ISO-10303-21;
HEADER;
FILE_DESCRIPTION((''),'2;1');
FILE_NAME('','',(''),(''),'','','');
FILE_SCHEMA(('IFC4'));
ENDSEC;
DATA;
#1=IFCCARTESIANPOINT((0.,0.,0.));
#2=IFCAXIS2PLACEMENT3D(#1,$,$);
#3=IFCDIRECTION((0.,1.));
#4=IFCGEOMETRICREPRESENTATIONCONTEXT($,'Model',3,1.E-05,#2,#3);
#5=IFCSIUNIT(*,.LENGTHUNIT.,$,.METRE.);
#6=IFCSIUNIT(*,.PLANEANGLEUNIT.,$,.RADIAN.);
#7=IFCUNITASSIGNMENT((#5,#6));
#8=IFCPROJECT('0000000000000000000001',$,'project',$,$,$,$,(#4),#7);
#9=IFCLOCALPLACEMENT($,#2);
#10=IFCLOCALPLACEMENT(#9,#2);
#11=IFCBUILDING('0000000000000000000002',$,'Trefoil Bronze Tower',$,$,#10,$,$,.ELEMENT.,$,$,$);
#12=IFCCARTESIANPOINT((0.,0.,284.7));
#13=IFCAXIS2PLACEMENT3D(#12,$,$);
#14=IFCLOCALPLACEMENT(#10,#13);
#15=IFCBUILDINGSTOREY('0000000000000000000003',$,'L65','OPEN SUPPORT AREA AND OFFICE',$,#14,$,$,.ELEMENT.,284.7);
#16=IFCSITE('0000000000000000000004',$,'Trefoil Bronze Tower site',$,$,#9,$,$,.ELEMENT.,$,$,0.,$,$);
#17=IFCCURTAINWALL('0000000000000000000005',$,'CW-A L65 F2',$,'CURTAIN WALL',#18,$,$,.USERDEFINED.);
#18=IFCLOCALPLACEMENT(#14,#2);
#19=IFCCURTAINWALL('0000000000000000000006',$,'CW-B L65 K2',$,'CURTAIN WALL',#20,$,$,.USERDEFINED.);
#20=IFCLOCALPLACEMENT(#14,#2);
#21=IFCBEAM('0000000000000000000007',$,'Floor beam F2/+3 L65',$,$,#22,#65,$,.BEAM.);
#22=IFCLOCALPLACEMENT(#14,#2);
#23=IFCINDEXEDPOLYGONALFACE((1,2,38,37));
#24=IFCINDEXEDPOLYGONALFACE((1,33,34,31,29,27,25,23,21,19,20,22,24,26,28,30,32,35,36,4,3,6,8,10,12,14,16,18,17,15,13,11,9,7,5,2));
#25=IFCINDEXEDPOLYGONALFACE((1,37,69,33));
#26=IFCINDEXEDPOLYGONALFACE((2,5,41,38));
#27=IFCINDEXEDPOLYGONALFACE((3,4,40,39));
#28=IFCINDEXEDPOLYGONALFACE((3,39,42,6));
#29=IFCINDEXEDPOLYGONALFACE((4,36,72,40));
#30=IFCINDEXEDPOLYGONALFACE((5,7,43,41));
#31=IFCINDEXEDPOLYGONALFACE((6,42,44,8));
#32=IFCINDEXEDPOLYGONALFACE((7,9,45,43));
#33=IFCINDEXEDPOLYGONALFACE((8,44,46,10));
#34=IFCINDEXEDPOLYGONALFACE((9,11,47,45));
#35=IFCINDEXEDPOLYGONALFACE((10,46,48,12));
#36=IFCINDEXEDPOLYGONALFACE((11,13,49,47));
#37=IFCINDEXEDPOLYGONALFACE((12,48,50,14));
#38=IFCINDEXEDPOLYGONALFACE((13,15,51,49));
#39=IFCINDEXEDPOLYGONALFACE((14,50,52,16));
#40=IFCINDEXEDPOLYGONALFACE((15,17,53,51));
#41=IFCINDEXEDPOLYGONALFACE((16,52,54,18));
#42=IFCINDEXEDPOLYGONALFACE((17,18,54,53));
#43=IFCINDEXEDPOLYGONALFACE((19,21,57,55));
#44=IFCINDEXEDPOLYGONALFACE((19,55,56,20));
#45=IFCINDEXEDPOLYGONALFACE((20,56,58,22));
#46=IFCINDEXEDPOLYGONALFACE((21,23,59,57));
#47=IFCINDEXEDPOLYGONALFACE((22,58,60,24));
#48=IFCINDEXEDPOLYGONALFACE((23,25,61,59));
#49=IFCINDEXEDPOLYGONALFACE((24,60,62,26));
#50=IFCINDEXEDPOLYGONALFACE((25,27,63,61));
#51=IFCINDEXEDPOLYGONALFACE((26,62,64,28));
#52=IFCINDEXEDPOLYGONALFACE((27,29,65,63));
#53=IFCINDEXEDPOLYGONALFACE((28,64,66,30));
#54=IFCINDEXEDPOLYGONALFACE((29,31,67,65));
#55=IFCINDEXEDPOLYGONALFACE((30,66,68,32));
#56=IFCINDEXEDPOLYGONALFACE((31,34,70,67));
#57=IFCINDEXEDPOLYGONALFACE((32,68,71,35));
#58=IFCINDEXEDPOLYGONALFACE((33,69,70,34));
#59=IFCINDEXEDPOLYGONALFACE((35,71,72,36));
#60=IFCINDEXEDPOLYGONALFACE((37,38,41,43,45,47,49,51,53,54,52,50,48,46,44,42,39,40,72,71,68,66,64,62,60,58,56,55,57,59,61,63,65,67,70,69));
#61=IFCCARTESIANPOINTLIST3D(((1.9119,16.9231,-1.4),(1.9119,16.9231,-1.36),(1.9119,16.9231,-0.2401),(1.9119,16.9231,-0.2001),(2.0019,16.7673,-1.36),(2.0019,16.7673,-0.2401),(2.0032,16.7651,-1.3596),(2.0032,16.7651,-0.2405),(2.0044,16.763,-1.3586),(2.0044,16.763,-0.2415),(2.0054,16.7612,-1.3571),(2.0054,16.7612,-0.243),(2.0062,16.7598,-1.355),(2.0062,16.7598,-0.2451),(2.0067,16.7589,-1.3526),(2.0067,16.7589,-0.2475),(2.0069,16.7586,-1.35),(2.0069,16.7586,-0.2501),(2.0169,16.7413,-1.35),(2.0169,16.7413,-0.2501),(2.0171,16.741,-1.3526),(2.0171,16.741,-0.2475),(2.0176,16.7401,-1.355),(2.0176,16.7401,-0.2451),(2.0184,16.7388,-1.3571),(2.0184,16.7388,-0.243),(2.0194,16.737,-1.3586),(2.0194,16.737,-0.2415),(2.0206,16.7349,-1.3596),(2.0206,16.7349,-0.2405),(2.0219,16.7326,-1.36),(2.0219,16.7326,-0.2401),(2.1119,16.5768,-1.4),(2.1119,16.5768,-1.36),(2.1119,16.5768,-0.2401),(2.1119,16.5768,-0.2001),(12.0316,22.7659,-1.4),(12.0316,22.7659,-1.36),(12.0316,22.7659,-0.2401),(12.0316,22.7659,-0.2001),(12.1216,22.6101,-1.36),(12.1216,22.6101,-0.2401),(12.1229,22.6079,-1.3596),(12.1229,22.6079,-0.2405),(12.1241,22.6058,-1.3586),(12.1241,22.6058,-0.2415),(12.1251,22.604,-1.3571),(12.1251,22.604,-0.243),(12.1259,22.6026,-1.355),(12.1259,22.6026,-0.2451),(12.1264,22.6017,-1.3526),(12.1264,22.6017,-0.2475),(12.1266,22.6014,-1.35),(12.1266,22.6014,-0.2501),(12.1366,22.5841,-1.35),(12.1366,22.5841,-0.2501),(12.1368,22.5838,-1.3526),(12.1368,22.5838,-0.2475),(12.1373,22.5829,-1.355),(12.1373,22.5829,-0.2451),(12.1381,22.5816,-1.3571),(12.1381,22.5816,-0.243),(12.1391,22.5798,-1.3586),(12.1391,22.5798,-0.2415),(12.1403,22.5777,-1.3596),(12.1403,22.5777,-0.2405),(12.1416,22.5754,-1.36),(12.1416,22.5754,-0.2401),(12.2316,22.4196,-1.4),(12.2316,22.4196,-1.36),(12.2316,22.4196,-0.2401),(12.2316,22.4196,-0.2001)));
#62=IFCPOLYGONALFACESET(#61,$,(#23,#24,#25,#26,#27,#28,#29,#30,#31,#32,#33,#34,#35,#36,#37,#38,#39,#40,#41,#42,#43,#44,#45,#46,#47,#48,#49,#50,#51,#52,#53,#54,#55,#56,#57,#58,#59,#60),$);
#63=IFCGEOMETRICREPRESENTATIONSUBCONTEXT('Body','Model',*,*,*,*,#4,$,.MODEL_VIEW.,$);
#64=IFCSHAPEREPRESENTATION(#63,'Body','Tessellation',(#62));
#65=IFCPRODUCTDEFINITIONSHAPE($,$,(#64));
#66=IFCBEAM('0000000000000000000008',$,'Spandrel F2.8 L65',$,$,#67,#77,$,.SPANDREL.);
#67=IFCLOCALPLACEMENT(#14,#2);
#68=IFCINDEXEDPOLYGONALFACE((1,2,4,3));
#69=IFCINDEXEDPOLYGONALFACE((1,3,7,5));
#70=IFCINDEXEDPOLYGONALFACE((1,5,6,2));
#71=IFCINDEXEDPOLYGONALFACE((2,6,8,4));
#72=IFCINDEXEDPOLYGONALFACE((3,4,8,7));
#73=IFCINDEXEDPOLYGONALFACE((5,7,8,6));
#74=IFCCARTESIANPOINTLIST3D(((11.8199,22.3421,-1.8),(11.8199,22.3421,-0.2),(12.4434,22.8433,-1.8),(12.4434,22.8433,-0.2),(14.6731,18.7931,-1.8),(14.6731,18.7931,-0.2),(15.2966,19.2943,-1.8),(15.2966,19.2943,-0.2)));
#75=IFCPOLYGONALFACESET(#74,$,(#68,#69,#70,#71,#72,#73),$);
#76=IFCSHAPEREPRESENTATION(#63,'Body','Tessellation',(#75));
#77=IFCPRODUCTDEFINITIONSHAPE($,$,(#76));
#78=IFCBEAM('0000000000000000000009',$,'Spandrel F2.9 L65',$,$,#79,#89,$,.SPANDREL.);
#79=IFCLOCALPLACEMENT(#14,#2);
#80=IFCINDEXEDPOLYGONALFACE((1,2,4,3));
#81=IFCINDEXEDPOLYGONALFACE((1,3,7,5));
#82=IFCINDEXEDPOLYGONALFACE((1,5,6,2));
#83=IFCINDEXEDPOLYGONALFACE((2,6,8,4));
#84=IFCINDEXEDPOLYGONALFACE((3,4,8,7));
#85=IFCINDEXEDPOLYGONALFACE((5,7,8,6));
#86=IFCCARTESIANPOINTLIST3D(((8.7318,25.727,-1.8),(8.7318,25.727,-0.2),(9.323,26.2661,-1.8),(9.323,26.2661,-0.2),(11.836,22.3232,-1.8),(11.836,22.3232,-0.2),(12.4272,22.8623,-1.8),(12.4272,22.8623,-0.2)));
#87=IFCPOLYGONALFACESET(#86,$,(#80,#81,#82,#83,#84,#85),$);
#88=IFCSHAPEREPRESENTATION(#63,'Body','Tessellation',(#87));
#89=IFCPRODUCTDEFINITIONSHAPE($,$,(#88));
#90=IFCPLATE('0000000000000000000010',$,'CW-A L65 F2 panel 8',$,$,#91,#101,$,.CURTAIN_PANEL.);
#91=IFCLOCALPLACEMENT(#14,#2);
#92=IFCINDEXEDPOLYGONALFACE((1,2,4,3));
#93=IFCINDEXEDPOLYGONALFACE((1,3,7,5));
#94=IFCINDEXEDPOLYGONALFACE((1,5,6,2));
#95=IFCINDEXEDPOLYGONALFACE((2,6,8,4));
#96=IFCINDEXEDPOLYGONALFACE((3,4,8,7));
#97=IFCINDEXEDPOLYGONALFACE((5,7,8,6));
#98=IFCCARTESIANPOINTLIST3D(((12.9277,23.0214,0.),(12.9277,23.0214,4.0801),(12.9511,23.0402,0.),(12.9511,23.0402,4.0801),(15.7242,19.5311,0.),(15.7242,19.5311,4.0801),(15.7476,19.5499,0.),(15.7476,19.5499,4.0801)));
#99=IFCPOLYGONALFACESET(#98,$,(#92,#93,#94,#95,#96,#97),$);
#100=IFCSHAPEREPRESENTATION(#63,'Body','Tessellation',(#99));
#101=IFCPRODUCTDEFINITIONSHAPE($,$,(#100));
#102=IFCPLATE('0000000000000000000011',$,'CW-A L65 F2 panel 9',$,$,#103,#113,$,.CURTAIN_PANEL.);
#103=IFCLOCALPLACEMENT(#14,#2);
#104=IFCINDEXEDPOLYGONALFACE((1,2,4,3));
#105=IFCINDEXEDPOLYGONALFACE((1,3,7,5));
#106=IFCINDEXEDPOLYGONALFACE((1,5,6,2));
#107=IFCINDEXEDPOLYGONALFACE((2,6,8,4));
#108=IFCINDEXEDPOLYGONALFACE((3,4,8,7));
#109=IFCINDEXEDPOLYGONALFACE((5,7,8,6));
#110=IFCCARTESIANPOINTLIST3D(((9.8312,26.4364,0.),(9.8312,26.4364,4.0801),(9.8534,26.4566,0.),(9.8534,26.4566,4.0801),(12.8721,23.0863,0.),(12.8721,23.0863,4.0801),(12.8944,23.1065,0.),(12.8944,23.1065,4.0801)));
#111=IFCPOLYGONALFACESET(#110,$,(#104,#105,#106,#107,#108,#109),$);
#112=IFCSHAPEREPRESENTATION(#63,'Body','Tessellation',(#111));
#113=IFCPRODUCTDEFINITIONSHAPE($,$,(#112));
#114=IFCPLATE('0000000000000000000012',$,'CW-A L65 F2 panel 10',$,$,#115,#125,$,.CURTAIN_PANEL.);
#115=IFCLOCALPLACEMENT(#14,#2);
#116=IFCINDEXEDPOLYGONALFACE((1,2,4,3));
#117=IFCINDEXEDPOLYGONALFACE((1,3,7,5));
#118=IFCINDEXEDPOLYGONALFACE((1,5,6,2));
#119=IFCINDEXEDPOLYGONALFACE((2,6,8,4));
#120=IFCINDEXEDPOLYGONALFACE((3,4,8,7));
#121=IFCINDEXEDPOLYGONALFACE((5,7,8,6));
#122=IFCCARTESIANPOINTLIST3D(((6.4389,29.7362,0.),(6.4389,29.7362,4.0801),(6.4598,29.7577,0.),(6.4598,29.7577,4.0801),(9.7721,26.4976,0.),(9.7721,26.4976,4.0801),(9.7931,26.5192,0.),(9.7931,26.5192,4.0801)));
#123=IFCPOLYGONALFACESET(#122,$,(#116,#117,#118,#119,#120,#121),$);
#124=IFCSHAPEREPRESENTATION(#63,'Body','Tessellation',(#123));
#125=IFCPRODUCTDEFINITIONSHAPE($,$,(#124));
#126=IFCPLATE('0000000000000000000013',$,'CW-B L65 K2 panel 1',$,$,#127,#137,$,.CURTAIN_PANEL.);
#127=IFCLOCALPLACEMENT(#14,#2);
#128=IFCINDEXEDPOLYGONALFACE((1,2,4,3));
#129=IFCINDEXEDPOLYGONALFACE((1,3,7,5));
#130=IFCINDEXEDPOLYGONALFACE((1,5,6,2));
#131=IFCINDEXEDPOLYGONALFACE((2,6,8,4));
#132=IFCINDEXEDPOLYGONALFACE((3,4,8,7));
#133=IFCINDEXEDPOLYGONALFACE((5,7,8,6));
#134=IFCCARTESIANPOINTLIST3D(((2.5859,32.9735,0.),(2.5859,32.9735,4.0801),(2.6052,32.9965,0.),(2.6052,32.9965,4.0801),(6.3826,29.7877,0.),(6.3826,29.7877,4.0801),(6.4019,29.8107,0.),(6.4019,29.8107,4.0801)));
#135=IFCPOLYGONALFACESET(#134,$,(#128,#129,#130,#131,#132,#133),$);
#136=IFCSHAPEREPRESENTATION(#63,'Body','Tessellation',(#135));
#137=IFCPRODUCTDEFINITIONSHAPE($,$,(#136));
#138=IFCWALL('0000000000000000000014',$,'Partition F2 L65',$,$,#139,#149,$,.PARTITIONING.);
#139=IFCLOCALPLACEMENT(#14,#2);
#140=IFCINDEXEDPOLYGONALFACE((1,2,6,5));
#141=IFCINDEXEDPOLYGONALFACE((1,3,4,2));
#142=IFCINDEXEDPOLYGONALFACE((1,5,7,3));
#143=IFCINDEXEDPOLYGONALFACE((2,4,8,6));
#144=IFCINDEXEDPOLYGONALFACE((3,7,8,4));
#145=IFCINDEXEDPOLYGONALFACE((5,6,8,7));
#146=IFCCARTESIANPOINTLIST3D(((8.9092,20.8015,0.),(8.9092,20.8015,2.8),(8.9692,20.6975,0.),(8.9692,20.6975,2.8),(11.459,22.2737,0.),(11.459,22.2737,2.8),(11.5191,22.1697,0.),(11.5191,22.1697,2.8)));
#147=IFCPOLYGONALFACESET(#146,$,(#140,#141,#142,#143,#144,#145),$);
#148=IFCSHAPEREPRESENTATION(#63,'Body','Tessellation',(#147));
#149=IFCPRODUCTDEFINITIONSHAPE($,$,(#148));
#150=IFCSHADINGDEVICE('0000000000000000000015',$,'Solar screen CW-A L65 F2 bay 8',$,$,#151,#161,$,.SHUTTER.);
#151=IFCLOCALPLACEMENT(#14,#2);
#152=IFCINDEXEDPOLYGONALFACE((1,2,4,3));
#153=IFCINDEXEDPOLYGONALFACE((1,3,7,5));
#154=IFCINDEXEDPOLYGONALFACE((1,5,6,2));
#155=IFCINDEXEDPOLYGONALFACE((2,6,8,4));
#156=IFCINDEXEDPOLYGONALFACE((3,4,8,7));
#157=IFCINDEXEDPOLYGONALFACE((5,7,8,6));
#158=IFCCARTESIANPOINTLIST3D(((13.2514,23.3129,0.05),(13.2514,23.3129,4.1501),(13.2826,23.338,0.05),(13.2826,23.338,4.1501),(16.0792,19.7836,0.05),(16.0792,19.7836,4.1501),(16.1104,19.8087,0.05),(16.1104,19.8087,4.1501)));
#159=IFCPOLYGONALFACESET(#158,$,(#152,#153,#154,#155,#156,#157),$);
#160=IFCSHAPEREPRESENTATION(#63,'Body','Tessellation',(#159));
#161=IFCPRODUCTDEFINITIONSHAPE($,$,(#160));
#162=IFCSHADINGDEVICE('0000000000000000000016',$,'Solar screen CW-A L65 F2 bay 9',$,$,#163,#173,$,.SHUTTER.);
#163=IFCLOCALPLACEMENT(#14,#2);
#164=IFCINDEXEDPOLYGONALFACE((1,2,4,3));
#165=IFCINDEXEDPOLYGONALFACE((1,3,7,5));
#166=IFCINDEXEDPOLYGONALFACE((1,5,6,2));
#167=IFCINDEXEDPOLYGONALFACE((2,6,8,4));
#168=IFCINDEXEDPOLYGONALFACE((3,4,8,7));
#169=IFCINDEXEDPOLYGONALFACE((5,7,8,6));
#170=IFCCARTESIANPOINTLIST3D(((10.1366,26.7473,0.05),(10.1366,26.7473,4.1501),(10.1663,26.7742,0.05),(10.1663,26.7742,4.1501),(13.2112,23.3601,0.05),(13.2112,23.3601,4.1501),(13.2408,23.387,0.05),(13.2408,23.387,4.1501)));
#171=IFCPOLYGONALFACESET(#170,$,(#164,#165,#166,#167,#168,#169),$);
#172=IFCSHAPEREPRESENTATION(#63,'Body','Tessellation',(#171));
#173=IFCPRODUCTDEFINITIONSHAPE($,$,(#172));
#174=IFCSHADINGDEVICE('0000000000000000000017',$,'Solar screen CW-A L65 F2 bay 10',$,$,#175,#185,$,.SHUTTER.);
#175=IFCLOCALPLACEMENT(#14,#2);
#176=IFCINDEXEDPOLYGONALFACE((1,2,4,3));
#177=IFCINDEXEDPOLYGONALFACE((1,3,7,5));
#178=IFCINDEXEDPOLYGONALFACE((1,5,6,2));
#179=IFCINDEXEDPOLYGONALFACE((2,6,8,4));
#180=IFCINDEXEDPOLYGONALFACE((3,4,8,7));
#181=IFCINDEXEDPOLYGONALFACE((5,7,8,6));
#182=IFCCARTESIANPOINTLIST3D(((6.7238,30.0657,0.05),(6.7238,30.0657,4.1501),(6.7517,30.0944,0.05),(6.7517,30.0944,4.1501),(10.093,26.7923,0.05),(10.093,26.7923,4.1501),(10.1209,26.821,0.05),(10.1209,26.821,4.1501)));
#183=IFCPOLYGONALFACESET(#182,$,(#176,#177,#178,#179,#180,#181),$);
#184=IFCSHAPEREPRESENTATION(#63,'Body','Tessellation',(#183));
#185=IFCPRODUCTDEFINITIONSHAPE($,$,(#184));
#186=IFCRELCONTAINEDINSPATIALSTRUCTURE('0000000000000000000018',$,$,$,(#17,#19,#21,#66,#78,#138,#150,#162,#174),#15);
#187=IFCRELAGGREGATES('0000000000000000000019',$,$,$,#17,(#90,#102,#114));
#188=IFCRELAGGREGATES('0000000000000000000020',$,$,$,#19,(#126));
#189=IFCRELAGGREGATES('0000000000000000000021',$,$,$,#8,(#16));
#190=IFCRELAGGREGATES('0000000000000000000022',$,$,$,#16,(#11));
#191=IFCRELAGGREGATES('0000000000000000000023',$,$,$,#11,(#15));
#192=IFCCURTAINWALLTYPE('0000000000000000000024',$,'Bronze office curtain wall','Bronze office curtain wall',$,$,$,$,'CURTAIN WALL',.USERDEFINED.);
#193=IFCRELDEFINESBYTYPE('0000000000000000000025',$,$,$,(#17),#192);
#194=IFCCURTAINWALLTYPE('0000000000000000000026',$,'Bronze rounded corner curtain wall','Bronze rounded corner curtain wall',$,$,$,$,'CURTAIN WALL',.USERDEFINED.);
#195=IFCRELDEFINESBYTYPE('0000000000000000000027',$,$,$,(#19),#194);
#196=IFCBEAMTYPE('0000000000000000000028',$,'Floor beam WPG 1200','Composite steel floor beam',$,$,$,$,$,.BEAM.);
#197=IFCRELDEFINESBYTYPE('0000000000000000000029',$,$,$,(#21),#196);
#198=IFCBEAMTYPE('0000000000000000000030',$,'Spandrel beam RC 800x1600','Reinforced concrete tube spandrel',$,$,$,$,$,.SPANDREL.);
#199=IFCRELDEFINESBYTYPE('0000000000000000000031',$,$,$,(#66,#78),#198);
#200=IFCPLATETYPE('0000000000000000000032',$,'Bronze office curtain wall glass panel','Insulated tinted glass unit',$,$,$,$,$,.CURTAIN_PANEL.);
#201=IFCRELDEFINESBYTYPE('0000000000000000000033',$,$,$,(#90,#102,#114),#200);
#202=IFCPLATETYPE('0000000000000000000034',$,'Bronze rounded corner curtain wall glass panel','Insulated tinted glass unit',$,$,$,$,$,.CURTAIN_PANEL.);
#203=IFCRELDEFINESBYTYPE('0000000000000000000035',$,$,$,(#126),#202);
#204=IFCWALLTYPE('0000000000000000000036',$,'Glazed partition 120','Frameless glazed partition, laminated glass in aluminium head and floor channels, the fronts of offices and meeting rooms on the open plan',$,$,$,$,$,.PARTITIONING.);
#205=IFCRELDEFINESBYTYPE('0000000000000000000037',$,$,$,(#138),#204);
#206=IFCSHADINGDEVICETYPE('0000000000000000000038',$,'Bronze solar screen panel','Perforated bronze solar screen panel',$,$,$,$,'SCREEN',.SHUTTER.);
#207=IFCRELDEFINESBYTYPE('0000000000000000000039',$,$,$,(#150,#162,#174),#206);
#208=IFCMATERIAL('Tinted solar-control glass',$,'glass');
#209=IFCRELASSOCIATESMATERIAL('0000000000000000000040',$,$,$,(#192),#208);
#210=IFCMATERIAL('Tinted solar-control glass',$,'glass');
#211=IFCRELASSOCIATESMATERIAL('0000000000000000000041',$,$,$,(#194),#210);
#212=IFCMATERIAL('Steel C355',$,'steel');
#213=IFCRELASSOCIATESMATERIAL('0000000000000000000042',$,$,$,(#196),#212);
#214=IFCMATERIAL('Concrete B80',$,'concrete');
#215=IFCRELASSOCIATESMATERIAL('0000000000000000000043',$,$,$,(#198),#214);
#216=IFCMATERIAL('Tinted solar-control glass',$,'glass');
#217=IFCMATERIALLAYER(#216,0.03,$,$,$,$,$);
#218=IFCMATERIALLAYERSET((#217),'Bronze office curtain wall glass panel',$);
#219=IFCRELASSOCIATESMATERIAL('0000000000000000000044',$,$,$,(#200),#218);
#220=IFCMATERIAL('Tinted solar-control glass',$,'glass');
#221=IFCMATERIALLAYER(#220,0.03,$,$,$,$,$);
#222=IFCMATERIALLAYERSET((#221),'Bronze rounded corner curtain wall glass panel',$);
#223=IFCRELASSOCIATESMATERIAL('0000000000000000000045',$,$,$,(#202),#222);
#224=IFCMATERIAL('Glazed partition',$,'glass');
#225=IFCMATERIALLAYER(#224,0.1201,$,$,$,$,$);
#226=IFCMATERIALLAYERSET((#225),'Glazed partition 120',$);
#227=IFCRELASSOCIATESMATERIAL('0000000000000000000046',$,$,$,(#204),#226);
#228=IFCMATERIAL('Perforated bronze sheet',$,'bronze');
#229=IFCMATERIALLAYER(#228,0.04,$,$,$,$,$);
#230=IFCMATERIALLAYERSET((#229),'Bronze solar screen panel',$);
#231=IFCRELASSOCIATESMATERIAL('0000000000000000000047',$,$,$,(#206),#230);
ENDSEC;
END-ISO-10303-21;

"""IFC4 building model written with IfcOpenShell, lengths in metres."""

from ifc_helpers import new_model, si_unit, direction, frame, frame_2d, origin, origin_2d, place, context, subcontext, project, spatial, rectangle, i_section, extrude, material, layer, layer_set, material_profile, profile_set, type_object, element, aggregate, save


model = new_model("IFC4")

# Units and contexts
model_context = context("Model", 3, precision=1e-05, world=origin(), true_north=direction((0.0, 1.0)))
body_context = subcontext(model_context, "Body", "Model", "MODEL_VIEW")
ifc_project = project(units=[si_unit("LENGTHUNIT", "METRE"), si_unit("PLANEANGLEUNIT", "RADIAN")], contexts=[model_context])

# Site, building, storey
site_placement = place(None, origin())
site = spatial("IfcSite", under=ifc_project, at=site_placement, Name="Trefoil Bronze Tower site", CompositionType="ELEMENT", RefElevation=0.0)
building_placement = place(site_placement, origin())
building = spatial("IfcBuilding", under=site, at=building_placement, Name="Trefoil Bronze Tower", CompositionType="ELEMENT")
storey_placement = place(building_placement, frame((0.0, 0.0, 284.7)))
storey = spatial("IfcBuildingStorey", under=building, at=storey_placement, Name="L65", Description="OPEN SUPPORT AREA AND OFFICE", CompositionType="ELEMENT", Elevation=284.7)

# Curtain walls
ifc_material_1 = material(Name="Tinted solar-control glass", Category="glass")
curtain_wall_type_1 = type_object("IfcCurtainWallType", Name="Bronze office curtain wall", Description="Bronze office curtain wall", ElementType="CURTAIN WALL", PredefinedType="USERDEFINED", material=ifc_material_1)
curtain_wall_1_placement = place(storey_placement, origin())
curtain_wall_1 = element("IfcCurtainWall", 1, at=curtain_wall_1_placement, inside=storey, type_object=curtain_wall_type_1, Name="CW-A L65 F2", ObjectType="CURTAIN WALL", PredefinedType="USERDEFINED")
ifc_material_2 = material(Name="Tinted solar-control glass", Category="glass")
curtain_wall_type_2 = type_object("IfcCurtainWallType", Name="Bronze rounded corner curtain wall", Description="Bronze rounded corner curtain wall", ElementType="CURTAIN WALL", PredefinedType="USERDEFINED", material=ifc_material_2)
curtain_wall_2_placement = place(storey_placement, origin())
curtain_wall_2 = element("IfcCurtainWall", 2, at=curtain_wall_2_placement, inside=storey, type_object=curtain_wall_type_2, Name="CW-B L65 K2", ObjectType="CURTAIN WALL", PredefinedType="USERDEFINED")

# Beams
ifc_material_3 = material(Name="Steel C355", Category="steel")
ifc_material_profile_1 = material_profile(ifc_material_3, i_section(OverallWidth=0.3999, OverallDepth=1.2, WebThickness=0.02, FlangeThickness=0.04, FilletRadius=0.01, at=origin_2d()), Name="WPG 1200")
ifc_profile_set_1 = profile_set([ifc_material_profile_1], Name="Steel C355")
beam_type_1 = type_object("IfcBeamType", Name="Floor beam WPG 1200", Description="Composite steel floor beam", PredefinedType="BEAM", material=ifc_profile_set_1)
beam_1_placement = place(storey_placement, frame((12.1316, 22.5928, -0.8), z_axis=(-0.866018, -0.500013, 0.0), x_axis=(0.500013, -0.866018, 0.0)))
element("IfcBeam", 3, at=beam_1_placement, inside=storey, type_object=beam_type_1, Name="Floor beam F2/+3 L65", PredefinedType="BEAM", context=body_context, shape_type="SweptSolid", body=[
    extrude(i_section(OverallWidth=0.3999, OverallDepth=1.2, WebThickness=0.02, FlangeThickness=0.04, FilletRadius=0.01, at=origin_2d()), origin(), (0.0, 0.0, 1.0), 11.6853),
])
ifc_material_4 = material(Name="Concrete B80", Category="concrete")
ifc_material_profile_2 = material_profile(ifc_material_4, rectangle(XDim=0.8, YDim=1.6001, at=origin_2d()), Name="RC 800x1600")
ifc_profile_set_2 = profile_set([ifc_material_profile_2], Name="Concrete B80")
beam_type_2 = type_object("IfcBeamType", Name="Spandrel beam RC 800x1600", Description="Reinforced concrete tube spandrel", PredefinedType="SPANDREL", material=ifc_profile_set_2)
beam_2_placement = place(storey_placement, frame((14.9849, 19.0437, -1.0), z_axis=(-0.62657, 0.779365, 0.0), x_axis=(-0.779365, -0.62657, 0.0)))
element("IfcBeam", 4, at=beam_2_placement, inside=storey, type_object=beam_type_2, Name="Spandrel F2.8 L65", PredefinedType="SPANDREL", context=body_context, shape_type="SweptSolid", body=[
    extrude(rectangle(XDim=0.8, YDim=1.6001, at=origin_2d()), origin(), (0.0, 0.0, 1.0), 4.5537),
])
beam_3_placement = place(storey_placement, frame((12.1316, 22.5928, -1.0), z_axis=(-0.673846, 0.738872, 0.0), x_axis=(-0.738872, -0.673846, 0.0)))
element("IfcBeam", 5, at=beam_3_placement, inside=storey, type_object=beam_type_2, Name="Spandrel F2.9 L65", PredefinedType="SPANDREL", context=body_context, shape_type="SweptSolid", body=[
    extrude(rectangle(XDim=0.8, YDim=1.6001, at=origin_2d()), origin(), (0.0, 0.0, 1.0), 4.6067),
])

# Plates
ifc_material_5 = material(Name="Tinted solar-control glass", Category="glass")
ifc_layer_1 = layer(ifc_material_5, 0.03)
ifc_layer_set_1 = layer_set([ifc_layer_1], Name="Bronze office curtain wall glass panel")
plate_type_1 = type_object("IfcPlateType", Name="Bronze office curtain wall glass panel", Description="Insulated tinted glass unit", PredefinedType="CURTAIN_PANEL", material=ifc_layer_set_1)
plate_1_placement = place(storey_placement, frame((14.3376, 21.2856, 0.0), z_axis=(0.0, 0.0, 1.0), x_axis=(-0.625287, 0.780395, 0.0)))
plate_1 = element("IfcPlate", 6, at=plate_1_placement, type_object=plate_type_1, Name="CW-A L65 F2 panel 8", PredefinedType="CURTAIN_PANEL", context=body_context, shape_type="SweptSolid", body=[
    extrude(rectangle(XDim=4.4724, YDim=0.03, at=origin_2d()), origin(), (0.0, 0.0, 1.0), 4.0801),
])
plate_2_placement = place(storey_placement, frame((11.3628, 24.7715, 0.0), z_axis=(0.0, 0.0, 1.0), x_axis=(-0.672115, 0.740447, 0.0)))
plate_2 = element("IfcPlate", 7, at=plate_2_placement, type_object=plate_type_1, Name="CW-A L65 F2 panel 9", PredefinedType="CURTAIN_PANEL", context=body_context, shape_type="SweptSolid", body=[
    extrude(rectangle(XDim=4.5244, YDim=0.03, at=origin_2d()), origin(), (0.0, 0.0, 1.0), 4.0801),
])
plate_3_placement = place(storey_placement, frame((8.116, 28.1277, 0.0), z_axis=(0.0, 0.0, 1.0), x_axis=(-0.717218, 0.696849, 0.0)))
plate_3 = element("IfcPlate", 8, at=plate_3_placement, type_object=plate_type_1, Name="CW-A L65 F2 panel 10", PredefinedType="CURTAIN_PANEL", context=body_context, shape_type="SweptSolid", body=[
    extrude(rectangle(XDim=4.6475, YDim=0.03, at=origin_2d()), origin(), (0.0, 0.0, 1.0), 4.0801),
])
aggregate(curtain_wall_1, [plate_1, plate_2, plate_3])
ifc_material_6 = material(Name="Tinted solar-control glass", Category="glass")
ifc_layer_2 = layer(ifc_material_6, 0.03)
ifc_layer_set_2 = layer_set([ifc_layer_2], Name="Bronze rounded corner curtain wall glass panel")
plate_type_2 = type_object("IfcPlateType", Name="Bronze rounded corner curtain wall glass panel", Description="Insulated tinted glass unit", PredefinedType="CURTAIN_PANEL", material=ifc_layer_set_2)
plate_4_placement = place(storey_placement, frame((4.4939, 31.3921, 0.0), z_axis=(0.0, 0.0, 1.0), x_axis=(-0.766044, 0.642788, 0.0)))
plate_4 = element("IfcPlate", 9, at=plate_4_placement, type_object=plate_type_2, Name="CW-B L65 K2 panel 1", PredefinedType="CURTAIN_PANEL", context=body_context, shape_type="SweptSolid", body=[
    extrude(rectangle(XDim=4.9563, YDim=0.03, at=origin_2d()), origin(), (0.0, 0.0, 1.0), 4.0801),
])
aggregate(curtain_wall_2, [plate_4])

# Wall
ifc_material_7 = material(Name="Glazed partition", Category="glass")
ifc_layer_3 = layer(ifc_material_7, 0.1201)
ifc_layer_set_3 = layer_set([ifc_layer_3], Name="Glazed partition 120")
wall_type = type_object("IfcWallType", Name="Glazed partition 120", Description="Frameless glazed partition, laminated glass in aluminium head and floor channels, the fronts of offices and meeting rooms on the open plan", PredefinedType="PARTITIONING", material=ifc_layer_set_3)
wall_placement = place(storey_placement, frame((8.9392, 20.7495, 0.0), z_axis=(0.0, 0.0, 1.0), x_axis=(0.86602, 0.50001, 0.0)))
element("IfcWall", 10, at=wall_placement, inside=storey, type_object=wall_type, Name="Partition F2 L65", PredefinedType="PARTITIONING", context=body_context, shape_type="SweptSolid", body=[
    extrude(rectangle(XDim=2.9443, YDim=0.1201, at=frame_2d((1.4722, 0.0))), origin(), (0.0, 0.0, 1.0), 2.8),
])

# Shading devices
ifc_material_8 = material(Name="Perforated bronze sheet", Category="bronze")
ifc_layer_4 = layer(ifc_material_8, 0.04)
ifc_layer_set_4 = layer_set([ifc_layer_4], Name="Bronze solar screen panel")
shading_device_type = type_object("IfcShadingDeviceType", Name="Bronze solar screen panel", Description="Perforated bronze solar screen panel", ElementType="SCREEN", PredefinedType="SHUTTER", material=ifc_layer_set_4)
shading_device_1_placement = place(storey_placement, frame((14.6809, 21.5608, 0.05), z_axis=(0.0, 0.0, 1.0), x_axis=(-0.625287, 0.780395, 0.0)))
element("IfcShadingDevice", 11, at=shading_device_1_placement, inside=storey, type_object=shading_device_type, Name="Solar screen CW-A L65 F2 bay 8", PredefinedType="SHUTTER", context=body_context, shape_type="SweptSolid", body=[
    extrude(rectangle(XDim=4.5225, YDim=0.04, at=origin_2d()), origin(), (0.0, 0.0, 1.0), 4.1001),
])
shading_device_2_placement = place(storey_placement, frame((11.6887, 25.0671, 0.05), z_axis=(0.0, 0.0, 1.0), x_axis=(-0.672115, 0.740447, 0.0)))
element("IfcShadingDevice", 12, at=shading_device_2_placement, inside=storey, type_object=shading_device_type, Name="Solar screen CW-A L65 F2 bay 9", PredefinedType="SHUTTER", context=body_context, shape_type="SweptSolid", body=[
    extrude(rectangle(XDim=4.5745, YDim=0.04, at=origin_2d()), origin(), (0.0, 0.0, 1.0), 4.1001),
])
shading_device_3_placement = place(storey_placement, frame((8.4224, 28.4434, 0.05), z_axis=(0.0, 0.0, 1.0), x_axis=(-0.717218, 0.696849, 0.0)))
element("IfcShadingDevice", 13, at=shading_device_3_placement, inside=storey, type_object=shading_device_type, Name="Solar screen CW-A L65 F2 bay 10", PredefinedType="SHUTTER", context=body_context, shape_type="SweptSolid", body=[
    extrude(rectangle(XDim=4.6975, YDim=0.04, at=origin_2d()), origin(), (0.0, 0.0, 1.0), 4.1001),
])

save(model, "model.ifc")
